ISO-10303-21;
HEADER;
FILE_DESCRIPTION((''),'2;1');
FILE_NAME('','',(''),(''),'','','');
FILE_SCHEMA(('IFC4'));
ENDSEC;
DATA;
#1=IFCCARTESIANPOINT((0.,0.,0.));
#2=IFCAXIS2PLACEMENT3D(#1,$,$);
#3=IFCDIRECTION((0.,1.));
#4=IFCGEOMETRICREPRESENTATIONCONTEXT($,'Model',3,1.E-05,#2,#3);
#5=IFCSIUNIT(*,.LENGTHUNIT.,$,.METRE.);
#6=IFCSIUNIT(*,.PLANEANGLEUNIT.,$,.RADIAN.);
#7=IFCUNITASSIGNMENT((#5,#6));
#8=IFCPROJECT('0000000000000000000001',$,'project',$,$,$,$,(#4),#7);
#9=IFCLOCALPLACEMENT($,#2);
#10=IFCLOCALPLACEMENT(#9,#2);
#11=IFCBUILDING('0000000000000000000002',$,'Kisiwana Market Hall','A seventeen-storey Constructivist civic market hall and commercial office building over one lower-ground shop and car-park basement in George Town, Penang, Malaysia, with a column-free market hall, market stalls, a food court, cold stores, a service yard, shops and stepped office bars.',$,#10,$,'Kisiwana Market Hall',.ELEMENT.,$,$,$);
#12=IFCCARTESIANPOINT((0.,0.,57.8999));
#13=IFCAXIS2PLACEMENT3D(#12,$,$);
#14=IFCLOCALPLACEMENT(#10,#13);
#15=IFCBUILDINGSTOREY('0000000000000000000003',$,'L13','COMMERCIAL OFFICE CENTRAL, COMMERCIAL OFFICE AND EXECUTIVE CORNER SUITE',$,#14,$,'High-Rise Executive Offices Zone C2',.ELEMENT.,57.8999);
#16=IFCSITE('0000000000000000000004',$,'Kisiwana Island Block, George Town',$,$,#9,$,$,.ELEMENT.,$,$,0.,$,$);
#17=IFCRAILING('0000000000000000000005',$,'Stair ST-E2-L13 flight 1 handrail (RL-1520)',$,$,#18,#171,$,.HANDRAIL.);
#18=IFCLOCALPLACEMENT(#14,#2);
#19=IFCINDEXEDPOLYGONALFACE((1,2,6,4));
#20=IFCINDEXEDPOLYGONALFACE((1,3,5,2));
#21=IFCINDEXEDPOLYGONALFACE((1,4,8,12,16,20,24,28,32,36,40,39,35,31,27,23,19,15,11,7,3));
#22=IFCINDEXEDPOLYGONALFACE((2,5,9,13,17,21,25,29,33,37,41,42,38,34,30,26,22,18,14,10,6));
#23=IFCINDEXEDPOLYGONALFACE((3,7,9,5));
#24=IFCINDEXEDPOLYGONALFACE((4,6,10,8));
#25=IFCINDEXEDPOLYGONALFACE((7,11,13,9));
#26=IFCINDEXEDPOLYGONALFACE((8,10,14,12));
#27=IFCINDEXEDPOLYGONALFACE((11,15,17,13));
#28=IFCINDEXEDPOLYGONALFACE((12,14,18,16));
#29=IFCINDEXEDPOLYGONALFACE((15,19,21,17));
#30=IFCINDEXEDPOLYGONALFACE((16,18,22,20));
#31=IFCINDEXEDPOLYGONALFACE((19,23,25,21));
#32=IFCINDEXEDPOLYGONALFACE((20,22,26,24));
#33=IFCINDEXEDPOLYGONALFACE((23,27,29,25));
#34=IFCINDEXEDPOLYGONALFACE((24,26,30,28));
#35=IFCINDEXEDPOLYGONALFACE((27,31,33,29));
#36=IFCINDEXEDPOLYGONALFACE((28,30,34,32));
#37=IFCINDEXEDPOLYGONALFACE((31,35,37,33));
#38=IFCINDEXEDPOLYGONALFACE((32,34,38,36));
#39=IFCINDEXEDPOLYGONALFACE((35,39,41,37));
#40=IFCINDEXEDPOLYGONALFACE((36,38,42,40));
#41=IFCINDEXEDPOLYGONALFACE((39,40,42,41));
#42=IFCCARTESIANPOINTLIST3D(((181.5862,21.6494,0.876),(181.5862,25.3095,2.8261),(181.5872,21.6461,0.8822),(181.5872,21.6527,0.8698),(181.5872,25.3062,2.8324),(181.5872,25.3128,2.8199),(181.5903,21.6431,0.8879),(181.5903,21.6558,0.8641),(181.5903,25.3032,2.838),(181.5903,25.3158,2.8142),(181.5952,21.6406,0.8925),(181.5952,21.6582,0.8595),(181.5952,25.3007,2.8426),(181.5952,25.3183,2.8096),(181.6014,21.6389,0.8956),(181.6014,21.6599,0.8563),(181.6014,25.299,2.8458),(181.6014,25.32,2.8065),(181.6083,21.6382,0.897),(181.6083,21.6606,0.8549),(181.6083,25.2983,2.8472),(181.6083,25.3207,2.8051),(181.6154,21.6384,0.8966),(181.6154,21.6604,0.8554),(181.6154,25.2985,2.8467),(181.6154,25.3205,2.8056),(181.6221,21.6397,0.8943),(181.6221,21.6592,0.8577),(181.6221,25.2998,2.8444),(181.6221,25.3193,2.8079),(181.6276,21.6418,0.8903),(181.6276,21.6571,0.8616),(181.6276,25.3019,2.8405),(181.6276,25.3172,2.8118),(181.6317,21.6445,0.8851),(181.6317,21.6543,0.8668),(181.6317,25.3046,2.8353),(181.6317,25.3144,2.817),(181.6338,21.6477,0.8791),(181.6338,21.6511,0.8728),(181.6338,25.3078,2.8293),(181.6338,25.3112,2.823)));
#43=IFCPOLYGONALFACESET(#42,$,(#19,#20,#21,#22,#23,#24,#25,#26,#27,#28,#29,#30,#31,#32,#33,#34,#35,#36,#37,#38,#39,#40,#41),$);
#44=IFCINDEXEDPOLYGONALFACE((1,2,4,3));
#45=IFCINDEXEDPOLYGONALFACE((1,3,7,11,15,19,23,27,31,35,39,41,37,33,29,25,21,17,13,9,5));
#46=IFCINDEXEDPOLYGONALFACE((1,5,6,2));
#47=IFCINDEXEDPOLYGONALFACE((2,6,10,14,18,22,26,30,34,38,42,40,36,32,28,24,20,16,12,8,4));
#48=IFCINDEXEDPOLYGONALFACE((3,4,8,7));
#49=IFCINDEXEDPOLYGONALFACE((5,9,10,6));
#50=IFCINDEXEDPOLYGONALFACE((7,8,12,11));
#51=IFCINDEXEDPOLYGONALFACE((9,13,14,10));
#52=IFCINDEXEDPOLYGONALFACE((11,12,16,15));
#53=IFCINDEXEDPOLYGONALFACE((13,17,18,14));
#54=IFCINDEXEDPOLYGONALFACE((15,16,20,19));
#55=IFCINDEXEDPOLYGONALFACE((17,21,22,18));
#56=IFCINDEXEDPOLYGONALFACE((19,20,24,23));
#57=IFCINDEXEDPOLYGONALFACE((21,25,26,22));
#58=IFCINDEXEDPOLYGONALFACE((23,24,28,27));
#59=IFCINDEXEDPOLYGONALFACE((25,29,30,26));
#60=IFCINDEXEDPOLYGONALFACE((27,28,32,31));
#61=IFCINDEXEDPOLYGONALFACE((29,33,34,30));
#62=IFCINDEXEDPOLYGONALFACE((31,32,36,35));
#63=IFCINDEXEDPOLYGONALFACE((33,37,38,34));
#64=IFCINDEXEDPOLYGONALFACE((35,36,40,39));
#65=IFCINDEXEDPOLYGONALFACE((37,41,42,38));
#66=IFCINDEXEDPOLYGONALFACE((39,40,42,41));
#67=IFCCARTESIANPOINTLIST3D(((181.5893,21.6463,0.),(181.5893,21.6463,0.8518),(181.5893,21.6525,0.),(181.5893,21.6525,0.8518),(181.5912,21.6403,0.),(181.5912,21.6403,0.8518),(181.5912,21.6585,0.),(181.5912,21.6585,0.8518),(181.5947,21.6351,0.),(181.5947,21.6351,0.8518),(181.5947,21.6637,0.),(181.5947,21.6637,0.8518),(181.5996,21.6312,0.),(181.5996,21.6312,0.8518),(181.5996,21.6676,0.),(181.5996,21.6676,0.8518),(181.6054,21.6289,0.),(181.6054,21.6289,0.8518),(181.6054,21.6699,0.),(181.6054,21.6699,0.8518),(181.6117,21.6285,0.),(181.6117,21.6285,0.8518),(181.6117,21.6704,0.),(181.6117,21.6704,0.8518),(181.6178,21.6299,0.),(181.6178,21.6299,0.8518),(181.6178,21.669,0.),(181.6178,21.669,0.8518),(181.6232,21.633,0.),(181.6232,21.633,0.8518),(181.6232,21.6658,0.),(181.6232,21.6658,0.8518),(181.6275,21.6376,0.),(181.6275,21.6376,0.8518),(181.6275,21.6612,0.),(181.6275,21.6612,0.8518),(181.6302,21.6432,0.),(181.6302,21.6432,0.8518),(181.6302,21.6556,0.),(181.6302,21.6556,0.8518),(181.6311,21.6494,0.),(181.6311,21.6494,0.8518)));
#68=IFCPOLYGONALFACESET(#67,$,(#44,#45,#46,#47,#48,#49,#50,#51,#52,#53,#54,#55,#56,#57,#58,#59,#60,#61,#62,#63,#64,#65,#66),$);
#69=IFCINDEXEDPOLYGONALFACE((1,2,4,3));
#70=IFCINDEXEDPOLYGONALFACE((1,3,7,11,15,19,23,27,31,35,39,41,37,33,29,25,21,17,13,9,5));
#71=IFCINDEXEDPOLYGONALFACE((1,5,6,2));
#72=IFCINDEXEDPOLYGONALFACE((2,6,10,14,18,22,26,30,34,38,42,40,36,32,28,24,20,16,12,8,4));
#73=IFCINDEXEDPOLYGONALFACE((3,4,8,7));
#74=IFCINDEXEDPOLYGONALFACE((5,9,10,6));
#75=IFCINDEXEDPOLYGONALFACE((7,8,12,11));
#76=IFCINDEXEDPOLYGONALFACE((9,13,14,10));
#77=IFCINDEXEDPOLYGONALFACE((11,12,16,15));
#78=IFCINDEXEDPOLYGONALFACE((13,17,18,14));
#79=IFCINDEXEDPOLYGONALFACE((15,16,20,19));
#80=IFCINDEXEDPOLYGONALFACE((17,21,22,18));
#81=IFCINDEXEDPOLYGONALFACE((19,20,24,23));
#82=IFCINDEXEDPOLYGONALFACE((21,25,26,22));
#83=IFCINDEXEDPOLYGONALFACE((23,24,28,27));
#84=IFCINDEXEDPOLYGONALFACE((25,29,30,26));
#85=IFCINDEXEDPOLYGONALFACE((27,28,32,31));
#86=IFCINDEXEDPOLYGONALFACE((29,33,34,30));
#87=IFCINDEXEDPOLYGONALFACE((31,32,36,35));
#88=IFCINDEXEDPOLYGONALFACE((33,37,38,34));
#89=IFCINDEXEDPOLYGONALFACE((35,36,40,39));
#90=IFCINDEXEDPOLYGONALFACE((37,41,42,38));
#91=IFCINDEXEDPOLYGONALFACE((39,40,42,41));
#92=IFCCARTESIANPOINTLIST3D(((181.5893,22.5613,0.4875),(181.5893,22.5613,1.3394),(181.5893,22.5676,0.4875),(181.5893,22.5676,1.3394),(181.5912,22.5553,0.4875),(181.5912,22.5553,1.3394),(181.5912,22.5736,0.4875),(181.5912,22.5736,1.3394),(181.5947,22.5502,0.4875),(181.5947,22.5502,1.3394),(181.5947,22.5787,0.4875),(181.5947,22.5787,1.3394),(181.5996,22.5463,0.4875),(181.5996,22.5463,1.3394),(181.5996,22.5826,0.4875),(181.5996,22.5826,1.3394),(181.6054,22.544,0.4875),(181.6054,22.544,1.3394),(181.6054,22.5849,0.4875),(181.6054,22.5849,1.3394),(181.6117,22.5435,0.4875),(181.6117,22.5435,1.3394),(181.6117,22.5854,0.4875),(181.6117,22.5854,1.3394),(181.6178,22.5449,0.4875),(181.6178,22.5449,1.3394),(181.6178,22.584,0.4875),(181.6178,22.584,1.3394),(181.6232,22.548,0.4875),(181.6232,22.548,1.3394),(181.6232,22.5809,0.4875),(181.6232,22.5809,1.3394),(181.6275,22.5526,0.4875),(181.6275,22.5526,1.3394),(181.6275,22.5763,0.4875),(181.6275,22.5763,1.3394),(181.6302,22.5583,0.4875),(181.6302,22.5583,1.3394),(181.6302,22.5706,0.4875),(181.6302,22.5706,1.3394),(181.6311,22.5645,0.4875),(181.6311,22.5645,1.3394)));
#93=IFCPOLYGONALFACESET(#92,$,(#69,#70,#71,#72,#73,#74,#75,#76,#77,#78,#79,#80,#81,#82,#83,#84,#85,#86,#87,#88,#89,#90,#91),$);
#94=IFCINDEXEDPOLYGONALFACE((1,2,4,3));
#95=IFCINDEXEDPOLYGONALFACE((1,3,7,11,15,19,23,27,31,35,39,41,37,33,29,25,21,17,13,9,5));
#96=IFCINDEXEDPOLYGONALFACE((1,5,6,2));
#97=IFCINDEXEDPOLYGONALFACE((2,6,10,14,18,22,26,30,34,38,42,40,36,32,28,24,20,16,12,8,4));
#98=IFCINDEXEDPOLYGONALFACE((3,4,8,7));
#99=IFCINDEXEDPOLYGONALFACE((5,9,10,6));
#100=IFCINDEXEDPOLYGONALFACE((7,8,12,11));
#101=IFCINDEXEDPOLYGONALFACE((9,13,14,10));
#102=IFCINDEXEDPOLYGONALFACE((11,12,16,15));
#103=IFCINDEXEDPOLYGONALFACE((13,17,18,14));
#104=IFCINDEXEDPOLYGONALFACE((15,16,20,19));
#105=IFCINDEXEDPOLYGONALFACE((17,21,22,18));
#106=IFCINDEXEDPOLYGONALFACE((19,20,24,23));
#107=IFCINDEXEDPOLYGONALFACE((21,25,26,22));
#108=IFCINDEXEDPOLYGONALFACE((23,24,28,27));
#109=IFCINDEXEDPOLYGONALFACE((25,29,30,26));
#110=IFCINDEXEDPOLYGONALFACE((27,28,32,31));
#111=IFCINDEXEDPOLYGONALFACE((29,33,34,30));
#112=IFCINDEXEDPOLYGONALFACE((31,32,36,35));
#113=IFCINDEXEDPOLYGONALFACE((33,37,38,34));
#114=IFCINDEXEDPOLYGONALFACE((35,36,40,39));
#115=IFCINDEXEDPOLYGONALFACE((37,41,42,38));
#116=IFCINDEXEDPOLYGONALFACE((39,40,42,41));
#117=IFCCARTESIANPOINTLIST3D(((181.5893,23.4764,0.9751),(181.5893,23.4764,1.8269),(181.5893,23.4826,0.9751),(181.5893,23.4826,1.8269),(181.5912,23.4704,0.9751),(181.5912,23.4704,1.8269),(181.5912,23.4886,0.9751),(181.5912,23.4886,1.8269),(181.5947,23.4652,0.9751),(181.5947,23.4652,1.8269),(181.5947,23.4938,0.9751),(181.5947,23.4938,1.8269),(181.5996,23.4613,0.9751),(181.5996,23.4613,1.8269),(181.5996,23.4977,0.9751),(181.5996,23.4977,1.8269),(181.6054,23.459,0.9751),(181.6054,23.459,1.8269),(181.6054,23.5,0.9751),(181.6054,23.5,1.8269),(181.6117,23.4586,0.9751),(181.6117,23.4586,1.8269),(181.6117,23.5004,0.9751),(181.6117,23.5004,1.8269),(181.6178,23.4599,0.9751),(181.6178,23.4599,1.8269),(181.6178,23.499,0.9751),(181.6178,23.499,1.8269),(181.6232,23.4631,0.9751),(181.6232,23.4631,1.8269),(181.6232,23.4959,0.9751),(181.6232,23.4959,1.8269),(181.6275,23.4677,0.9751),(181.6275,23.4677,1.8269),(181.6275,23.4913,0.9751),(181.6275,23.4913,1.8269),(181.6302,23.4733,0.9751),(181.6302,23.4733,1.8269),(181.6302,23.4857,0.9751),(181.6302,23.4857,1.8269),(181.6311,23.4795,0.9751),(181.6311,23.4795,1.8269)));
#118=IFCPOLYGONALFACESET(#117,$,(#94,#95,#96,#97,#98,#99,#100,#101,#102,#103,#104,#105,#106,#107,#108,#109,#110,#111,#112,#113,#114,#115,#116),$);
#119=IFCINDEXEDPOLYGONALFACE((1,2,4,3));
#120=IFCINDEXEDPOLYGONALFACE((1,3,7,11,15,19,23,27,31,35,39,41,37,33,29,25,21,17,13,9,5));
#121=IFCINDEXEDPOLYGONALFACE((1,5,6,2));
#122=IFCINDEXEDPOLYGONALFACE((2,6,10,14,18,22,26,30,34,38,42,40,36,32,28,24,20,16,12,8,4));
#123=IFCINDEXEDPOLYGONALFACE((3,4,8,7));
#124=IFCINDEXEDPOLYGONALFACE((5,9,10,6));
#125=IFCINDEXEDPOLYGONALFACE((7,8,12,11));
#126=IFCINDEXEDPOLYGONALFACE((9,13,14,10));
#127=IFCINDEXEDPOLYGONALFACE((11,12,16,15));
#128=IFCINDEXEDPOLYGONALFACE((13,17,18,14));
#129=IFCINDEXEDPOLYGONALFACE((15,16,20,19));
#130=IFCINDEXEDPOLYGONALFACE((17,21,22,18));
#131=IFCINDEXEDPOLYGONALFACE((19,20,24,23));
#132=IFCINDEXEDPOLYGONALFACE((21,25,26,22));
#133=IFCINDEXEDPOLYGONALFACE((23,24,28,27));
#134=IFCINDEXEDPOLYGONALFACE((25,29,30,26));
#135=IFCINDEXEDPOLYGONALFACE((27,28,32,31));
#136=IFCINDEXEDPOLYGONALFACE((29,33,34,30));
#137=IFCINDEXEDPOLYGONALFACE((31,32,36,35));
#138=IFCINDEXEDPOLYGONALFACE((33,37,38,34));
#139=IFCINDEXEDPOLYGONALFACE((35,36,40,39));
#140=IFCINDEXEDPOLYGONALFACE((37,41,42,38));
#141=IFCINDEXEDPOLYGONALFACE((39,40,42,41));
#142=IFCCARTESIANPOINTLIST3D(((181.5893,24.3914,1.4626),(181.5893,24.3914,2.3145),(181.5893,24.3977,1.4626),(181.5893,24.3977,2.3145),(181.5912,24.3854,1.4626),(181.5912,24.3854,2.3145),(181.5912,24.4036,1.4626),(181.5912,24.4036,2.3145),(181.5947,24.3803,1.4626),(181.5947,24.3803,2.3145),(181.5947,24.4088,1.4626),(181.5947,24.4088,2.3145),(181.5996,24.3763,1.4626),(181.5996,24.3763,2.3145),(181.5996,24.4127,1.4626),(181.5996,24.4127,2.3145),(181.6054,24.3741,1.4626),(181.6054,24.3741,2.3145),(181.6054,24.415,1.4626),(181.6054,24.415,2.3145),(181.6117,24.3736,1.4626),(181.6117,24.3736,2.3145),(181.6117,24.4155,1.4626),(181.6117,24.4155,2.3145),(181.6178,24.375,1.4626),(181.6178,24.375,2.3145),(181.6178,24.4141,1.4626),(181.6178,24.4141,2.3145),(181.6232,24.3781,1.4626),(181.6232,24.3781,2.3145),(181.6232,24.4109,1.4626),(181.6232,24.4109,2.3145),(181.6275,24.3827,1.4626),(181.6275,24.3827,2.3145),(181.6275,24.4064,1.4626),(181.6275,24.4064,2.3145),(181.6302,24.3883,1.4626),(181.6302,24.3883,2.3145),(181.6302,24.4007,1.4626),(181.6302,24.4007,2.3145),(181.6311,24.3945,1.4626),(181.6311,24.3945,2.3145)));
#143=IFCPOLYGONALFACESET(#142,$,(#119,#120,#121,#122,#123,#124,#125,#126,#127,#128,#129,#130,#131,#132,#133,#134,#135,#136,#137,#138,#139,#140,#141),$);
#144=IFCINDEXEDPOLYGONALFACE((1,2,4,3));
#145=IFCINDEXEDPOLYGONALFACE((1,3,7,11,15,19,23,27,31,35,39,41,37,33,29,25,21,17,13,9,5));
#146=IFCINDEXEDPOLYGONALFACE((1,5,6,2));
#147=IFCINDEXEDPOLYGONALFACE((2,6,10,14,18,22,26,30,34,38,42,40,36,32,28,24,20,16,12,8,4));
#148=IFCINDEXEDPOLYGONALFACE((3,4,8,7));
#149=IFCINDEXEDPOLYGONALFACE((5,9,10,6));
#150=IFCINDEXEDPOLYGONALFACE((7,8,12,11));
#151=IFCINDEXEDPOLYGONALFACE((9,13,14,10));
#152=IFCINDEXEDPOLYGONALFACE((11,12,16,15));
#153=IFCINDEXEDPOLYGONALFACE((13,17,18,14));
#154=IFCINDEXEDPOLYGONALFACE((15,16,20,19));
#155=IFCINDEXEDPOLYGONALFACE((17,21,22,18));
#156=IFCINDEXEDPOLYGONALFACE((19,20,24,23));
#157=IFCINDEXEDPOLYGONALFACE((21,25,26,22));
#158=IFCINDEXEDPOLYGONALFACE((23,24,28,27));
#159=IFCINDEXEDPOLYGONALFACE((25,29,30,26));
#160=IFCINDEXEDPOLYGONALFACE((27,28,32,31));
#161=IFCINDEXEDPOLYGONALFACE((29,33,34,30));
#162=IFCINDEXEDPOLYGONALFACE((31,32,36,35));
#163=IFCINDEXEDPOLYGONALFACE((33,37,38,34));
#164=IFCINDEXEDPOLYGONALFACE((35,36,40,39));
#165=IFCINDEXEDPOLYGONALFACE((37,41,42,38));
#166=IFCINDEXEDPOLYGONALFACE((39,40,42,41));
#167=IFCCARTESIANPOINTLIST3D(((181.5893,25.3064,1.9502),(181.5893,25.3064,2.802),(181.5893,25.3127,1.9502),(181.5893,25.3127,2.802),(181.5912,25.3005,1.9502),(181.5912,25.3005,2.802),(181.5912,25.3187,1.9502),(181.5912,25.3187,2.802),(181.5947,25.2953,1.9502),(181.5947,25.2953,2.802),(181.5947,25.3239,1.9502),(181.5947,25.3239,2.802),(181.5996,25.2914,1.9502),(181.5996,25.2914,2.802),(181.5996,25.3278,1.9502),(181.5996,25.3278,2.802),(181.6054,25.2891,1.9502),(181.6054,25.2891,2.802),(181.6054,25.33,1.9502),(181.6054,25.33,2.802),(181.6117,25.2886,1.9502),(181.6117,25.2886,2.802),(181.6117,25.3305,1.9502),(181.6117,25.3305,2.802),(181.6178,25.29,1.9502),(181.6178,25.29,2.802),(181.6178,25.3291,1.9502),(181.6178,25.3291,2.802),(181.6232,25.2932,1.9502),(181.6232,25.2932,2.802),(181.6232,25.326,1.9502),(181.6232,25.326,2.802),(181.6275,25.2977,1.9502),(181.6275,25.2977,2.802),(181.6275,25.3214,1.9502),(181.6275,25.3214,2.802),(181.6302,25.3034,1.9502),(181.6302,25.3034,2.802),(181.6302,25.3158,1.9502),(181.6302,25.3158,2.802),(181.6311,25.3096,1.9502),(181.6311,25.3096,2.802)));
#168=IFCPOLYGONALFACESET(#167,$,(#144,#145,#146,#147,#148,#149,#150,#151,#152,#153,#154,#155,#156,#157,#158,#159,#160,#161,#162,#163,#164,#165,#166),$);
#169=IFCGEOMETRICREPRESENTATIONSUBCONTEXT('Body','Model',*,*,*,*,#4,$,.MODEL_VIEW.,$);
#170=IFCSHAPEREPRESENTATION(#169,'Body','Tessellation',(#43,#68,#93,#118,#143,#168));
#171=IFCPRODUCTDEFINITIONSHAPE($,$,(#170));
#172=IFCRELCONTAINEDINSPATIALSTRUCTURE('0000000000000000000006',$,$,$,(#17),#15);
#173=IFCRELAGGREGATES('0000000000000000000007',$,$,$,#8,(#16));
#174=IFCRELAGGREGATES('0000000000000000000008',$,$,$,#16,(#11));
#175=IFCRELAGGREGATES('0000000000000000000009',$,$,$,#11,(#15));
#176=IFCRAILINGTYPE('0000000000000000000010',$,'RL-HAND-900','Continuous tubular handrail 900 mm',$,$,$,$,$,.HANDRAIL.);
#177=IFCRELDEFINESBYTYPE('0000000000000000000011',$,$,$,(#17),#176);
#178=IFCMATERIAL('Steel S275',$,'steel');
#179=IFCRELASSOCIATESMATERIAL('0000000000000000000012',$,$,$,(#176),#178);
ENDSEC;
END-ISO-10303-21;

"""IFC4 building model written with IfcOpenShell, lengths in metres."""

from ifc_helpers import new_model, si_unit, direction, frame, origin, origin_2d, place, context, subcontext, project, spatial, circle, extrude, material, type_object, element, save


model = new_model("IFC4")

# Units and contexts
model_context = context("Model", 3, precision=1e-05, world=origin(), true_north=direction((0.0, 1.0)))
body_context = subcontext(model_context, "Body", "Model", "MODEL_VIEW")
ifc_project = project(units=[si_unit("LENGTHUNIT", "METRE"), si_unit("PLANEANGLEUNIT", "RADIAN")], contexts=[model_context])

# Site, building, storey
site_placement = place(None, origin())
site = spatial("IfcSite", under=ifc_project, at=site_placement, Name="Kisiwana Island Block, George Town", CompositionType="ELEMENT", RefElevation=0.0)
building_placement = place(site_placement, origin())
building = spatial("IfcBuilding", under=site, at=building_placement, Name="Kisiwana Market Hall", Description="A seventeen-storey Constructivist civic market hall and commercial office building over one lower-ground shop and car-park basement in George Town, Penang, Malaysia, with a column-free market hall, market stalls, a food court, cold stores, a service yard, shops and stepped office bars.", LongName="Kisiwana Market Hall", CompositionType="ELEMENT")
storey_placement = place(building_placement, frame((0.0, 0.0, 57.8999)))
storey = spatial("IfcBuildingStorey", under=building, at=storey_placement, Name="L13", Description="COMMERCIAL OFFICE CENTRAL, COMMERCIAL OFFICE AND EXECUTIVE CORNER SUITE", LongName="High-Rise Executive Offices Zone C2", CompositionType="ELEMENT", Elevation=57.8999)

# Railing
ifc_material_1 = material(Name="Steel S275", Category="steel")
railing_type_1 = type_object("IfcRailingType", Name="RL-HAND-900", Description="Continuous tubular handrail 900 mm", PredefinedType="HANDRAIL", material=ifc_material_1)
railing_1_placement = place(storey_placement, frame((181.6101, 21.6494, 0.0)))
element("IfcRailing", 1, at=railing_1_placement, inside=storey, type_object=railing_type_1, Name="Stair ST-E2-L13 flight 1 handrail (RL-1520)", PredefinedType="HANDRAIL", context=body_context, shape_type="SweptSolid", body=[
    extrude(circle(Radius=0.0239, at=origin_2d()), frame((0.0, 0.0, 0.876), z_axis=(0.0, 0.882542, 0.470234), x_axis=(-1.0, 0.0, 0.0)), (0.0, 0.0, 1.0), 4.1472),
    extrude(circle(Radius=0.021, at=origin_2d()), origin(), (0.0, 0.0, 1.0), 0.8518),
    extrude(circle(Radius=0.021, at=origin_2d()), frame((0.0, 0.915, 0.4875)), (0.0, 0.0, 1.0), 0.8518),
    extrude(circle(Radius=0.021, at=origin_2d()), frame((0.0, 1.8301, 0.9751)), (0.0, 0.0, 1.0), 0.8518),
    extrude(circle(Radius=0.021, at=origin_2d()), frame((0.0, 2.7451, 1.4626)), (0.0, 0.0, 1.0), 0.8518),
    extrude(circle(Radius=0.021, at=origin_2d()), frame((0.0, 3.6602, 1.9502)), (0.0, 0.0, 1.0), 0.8518),
])

save(model, "model.ifc")
